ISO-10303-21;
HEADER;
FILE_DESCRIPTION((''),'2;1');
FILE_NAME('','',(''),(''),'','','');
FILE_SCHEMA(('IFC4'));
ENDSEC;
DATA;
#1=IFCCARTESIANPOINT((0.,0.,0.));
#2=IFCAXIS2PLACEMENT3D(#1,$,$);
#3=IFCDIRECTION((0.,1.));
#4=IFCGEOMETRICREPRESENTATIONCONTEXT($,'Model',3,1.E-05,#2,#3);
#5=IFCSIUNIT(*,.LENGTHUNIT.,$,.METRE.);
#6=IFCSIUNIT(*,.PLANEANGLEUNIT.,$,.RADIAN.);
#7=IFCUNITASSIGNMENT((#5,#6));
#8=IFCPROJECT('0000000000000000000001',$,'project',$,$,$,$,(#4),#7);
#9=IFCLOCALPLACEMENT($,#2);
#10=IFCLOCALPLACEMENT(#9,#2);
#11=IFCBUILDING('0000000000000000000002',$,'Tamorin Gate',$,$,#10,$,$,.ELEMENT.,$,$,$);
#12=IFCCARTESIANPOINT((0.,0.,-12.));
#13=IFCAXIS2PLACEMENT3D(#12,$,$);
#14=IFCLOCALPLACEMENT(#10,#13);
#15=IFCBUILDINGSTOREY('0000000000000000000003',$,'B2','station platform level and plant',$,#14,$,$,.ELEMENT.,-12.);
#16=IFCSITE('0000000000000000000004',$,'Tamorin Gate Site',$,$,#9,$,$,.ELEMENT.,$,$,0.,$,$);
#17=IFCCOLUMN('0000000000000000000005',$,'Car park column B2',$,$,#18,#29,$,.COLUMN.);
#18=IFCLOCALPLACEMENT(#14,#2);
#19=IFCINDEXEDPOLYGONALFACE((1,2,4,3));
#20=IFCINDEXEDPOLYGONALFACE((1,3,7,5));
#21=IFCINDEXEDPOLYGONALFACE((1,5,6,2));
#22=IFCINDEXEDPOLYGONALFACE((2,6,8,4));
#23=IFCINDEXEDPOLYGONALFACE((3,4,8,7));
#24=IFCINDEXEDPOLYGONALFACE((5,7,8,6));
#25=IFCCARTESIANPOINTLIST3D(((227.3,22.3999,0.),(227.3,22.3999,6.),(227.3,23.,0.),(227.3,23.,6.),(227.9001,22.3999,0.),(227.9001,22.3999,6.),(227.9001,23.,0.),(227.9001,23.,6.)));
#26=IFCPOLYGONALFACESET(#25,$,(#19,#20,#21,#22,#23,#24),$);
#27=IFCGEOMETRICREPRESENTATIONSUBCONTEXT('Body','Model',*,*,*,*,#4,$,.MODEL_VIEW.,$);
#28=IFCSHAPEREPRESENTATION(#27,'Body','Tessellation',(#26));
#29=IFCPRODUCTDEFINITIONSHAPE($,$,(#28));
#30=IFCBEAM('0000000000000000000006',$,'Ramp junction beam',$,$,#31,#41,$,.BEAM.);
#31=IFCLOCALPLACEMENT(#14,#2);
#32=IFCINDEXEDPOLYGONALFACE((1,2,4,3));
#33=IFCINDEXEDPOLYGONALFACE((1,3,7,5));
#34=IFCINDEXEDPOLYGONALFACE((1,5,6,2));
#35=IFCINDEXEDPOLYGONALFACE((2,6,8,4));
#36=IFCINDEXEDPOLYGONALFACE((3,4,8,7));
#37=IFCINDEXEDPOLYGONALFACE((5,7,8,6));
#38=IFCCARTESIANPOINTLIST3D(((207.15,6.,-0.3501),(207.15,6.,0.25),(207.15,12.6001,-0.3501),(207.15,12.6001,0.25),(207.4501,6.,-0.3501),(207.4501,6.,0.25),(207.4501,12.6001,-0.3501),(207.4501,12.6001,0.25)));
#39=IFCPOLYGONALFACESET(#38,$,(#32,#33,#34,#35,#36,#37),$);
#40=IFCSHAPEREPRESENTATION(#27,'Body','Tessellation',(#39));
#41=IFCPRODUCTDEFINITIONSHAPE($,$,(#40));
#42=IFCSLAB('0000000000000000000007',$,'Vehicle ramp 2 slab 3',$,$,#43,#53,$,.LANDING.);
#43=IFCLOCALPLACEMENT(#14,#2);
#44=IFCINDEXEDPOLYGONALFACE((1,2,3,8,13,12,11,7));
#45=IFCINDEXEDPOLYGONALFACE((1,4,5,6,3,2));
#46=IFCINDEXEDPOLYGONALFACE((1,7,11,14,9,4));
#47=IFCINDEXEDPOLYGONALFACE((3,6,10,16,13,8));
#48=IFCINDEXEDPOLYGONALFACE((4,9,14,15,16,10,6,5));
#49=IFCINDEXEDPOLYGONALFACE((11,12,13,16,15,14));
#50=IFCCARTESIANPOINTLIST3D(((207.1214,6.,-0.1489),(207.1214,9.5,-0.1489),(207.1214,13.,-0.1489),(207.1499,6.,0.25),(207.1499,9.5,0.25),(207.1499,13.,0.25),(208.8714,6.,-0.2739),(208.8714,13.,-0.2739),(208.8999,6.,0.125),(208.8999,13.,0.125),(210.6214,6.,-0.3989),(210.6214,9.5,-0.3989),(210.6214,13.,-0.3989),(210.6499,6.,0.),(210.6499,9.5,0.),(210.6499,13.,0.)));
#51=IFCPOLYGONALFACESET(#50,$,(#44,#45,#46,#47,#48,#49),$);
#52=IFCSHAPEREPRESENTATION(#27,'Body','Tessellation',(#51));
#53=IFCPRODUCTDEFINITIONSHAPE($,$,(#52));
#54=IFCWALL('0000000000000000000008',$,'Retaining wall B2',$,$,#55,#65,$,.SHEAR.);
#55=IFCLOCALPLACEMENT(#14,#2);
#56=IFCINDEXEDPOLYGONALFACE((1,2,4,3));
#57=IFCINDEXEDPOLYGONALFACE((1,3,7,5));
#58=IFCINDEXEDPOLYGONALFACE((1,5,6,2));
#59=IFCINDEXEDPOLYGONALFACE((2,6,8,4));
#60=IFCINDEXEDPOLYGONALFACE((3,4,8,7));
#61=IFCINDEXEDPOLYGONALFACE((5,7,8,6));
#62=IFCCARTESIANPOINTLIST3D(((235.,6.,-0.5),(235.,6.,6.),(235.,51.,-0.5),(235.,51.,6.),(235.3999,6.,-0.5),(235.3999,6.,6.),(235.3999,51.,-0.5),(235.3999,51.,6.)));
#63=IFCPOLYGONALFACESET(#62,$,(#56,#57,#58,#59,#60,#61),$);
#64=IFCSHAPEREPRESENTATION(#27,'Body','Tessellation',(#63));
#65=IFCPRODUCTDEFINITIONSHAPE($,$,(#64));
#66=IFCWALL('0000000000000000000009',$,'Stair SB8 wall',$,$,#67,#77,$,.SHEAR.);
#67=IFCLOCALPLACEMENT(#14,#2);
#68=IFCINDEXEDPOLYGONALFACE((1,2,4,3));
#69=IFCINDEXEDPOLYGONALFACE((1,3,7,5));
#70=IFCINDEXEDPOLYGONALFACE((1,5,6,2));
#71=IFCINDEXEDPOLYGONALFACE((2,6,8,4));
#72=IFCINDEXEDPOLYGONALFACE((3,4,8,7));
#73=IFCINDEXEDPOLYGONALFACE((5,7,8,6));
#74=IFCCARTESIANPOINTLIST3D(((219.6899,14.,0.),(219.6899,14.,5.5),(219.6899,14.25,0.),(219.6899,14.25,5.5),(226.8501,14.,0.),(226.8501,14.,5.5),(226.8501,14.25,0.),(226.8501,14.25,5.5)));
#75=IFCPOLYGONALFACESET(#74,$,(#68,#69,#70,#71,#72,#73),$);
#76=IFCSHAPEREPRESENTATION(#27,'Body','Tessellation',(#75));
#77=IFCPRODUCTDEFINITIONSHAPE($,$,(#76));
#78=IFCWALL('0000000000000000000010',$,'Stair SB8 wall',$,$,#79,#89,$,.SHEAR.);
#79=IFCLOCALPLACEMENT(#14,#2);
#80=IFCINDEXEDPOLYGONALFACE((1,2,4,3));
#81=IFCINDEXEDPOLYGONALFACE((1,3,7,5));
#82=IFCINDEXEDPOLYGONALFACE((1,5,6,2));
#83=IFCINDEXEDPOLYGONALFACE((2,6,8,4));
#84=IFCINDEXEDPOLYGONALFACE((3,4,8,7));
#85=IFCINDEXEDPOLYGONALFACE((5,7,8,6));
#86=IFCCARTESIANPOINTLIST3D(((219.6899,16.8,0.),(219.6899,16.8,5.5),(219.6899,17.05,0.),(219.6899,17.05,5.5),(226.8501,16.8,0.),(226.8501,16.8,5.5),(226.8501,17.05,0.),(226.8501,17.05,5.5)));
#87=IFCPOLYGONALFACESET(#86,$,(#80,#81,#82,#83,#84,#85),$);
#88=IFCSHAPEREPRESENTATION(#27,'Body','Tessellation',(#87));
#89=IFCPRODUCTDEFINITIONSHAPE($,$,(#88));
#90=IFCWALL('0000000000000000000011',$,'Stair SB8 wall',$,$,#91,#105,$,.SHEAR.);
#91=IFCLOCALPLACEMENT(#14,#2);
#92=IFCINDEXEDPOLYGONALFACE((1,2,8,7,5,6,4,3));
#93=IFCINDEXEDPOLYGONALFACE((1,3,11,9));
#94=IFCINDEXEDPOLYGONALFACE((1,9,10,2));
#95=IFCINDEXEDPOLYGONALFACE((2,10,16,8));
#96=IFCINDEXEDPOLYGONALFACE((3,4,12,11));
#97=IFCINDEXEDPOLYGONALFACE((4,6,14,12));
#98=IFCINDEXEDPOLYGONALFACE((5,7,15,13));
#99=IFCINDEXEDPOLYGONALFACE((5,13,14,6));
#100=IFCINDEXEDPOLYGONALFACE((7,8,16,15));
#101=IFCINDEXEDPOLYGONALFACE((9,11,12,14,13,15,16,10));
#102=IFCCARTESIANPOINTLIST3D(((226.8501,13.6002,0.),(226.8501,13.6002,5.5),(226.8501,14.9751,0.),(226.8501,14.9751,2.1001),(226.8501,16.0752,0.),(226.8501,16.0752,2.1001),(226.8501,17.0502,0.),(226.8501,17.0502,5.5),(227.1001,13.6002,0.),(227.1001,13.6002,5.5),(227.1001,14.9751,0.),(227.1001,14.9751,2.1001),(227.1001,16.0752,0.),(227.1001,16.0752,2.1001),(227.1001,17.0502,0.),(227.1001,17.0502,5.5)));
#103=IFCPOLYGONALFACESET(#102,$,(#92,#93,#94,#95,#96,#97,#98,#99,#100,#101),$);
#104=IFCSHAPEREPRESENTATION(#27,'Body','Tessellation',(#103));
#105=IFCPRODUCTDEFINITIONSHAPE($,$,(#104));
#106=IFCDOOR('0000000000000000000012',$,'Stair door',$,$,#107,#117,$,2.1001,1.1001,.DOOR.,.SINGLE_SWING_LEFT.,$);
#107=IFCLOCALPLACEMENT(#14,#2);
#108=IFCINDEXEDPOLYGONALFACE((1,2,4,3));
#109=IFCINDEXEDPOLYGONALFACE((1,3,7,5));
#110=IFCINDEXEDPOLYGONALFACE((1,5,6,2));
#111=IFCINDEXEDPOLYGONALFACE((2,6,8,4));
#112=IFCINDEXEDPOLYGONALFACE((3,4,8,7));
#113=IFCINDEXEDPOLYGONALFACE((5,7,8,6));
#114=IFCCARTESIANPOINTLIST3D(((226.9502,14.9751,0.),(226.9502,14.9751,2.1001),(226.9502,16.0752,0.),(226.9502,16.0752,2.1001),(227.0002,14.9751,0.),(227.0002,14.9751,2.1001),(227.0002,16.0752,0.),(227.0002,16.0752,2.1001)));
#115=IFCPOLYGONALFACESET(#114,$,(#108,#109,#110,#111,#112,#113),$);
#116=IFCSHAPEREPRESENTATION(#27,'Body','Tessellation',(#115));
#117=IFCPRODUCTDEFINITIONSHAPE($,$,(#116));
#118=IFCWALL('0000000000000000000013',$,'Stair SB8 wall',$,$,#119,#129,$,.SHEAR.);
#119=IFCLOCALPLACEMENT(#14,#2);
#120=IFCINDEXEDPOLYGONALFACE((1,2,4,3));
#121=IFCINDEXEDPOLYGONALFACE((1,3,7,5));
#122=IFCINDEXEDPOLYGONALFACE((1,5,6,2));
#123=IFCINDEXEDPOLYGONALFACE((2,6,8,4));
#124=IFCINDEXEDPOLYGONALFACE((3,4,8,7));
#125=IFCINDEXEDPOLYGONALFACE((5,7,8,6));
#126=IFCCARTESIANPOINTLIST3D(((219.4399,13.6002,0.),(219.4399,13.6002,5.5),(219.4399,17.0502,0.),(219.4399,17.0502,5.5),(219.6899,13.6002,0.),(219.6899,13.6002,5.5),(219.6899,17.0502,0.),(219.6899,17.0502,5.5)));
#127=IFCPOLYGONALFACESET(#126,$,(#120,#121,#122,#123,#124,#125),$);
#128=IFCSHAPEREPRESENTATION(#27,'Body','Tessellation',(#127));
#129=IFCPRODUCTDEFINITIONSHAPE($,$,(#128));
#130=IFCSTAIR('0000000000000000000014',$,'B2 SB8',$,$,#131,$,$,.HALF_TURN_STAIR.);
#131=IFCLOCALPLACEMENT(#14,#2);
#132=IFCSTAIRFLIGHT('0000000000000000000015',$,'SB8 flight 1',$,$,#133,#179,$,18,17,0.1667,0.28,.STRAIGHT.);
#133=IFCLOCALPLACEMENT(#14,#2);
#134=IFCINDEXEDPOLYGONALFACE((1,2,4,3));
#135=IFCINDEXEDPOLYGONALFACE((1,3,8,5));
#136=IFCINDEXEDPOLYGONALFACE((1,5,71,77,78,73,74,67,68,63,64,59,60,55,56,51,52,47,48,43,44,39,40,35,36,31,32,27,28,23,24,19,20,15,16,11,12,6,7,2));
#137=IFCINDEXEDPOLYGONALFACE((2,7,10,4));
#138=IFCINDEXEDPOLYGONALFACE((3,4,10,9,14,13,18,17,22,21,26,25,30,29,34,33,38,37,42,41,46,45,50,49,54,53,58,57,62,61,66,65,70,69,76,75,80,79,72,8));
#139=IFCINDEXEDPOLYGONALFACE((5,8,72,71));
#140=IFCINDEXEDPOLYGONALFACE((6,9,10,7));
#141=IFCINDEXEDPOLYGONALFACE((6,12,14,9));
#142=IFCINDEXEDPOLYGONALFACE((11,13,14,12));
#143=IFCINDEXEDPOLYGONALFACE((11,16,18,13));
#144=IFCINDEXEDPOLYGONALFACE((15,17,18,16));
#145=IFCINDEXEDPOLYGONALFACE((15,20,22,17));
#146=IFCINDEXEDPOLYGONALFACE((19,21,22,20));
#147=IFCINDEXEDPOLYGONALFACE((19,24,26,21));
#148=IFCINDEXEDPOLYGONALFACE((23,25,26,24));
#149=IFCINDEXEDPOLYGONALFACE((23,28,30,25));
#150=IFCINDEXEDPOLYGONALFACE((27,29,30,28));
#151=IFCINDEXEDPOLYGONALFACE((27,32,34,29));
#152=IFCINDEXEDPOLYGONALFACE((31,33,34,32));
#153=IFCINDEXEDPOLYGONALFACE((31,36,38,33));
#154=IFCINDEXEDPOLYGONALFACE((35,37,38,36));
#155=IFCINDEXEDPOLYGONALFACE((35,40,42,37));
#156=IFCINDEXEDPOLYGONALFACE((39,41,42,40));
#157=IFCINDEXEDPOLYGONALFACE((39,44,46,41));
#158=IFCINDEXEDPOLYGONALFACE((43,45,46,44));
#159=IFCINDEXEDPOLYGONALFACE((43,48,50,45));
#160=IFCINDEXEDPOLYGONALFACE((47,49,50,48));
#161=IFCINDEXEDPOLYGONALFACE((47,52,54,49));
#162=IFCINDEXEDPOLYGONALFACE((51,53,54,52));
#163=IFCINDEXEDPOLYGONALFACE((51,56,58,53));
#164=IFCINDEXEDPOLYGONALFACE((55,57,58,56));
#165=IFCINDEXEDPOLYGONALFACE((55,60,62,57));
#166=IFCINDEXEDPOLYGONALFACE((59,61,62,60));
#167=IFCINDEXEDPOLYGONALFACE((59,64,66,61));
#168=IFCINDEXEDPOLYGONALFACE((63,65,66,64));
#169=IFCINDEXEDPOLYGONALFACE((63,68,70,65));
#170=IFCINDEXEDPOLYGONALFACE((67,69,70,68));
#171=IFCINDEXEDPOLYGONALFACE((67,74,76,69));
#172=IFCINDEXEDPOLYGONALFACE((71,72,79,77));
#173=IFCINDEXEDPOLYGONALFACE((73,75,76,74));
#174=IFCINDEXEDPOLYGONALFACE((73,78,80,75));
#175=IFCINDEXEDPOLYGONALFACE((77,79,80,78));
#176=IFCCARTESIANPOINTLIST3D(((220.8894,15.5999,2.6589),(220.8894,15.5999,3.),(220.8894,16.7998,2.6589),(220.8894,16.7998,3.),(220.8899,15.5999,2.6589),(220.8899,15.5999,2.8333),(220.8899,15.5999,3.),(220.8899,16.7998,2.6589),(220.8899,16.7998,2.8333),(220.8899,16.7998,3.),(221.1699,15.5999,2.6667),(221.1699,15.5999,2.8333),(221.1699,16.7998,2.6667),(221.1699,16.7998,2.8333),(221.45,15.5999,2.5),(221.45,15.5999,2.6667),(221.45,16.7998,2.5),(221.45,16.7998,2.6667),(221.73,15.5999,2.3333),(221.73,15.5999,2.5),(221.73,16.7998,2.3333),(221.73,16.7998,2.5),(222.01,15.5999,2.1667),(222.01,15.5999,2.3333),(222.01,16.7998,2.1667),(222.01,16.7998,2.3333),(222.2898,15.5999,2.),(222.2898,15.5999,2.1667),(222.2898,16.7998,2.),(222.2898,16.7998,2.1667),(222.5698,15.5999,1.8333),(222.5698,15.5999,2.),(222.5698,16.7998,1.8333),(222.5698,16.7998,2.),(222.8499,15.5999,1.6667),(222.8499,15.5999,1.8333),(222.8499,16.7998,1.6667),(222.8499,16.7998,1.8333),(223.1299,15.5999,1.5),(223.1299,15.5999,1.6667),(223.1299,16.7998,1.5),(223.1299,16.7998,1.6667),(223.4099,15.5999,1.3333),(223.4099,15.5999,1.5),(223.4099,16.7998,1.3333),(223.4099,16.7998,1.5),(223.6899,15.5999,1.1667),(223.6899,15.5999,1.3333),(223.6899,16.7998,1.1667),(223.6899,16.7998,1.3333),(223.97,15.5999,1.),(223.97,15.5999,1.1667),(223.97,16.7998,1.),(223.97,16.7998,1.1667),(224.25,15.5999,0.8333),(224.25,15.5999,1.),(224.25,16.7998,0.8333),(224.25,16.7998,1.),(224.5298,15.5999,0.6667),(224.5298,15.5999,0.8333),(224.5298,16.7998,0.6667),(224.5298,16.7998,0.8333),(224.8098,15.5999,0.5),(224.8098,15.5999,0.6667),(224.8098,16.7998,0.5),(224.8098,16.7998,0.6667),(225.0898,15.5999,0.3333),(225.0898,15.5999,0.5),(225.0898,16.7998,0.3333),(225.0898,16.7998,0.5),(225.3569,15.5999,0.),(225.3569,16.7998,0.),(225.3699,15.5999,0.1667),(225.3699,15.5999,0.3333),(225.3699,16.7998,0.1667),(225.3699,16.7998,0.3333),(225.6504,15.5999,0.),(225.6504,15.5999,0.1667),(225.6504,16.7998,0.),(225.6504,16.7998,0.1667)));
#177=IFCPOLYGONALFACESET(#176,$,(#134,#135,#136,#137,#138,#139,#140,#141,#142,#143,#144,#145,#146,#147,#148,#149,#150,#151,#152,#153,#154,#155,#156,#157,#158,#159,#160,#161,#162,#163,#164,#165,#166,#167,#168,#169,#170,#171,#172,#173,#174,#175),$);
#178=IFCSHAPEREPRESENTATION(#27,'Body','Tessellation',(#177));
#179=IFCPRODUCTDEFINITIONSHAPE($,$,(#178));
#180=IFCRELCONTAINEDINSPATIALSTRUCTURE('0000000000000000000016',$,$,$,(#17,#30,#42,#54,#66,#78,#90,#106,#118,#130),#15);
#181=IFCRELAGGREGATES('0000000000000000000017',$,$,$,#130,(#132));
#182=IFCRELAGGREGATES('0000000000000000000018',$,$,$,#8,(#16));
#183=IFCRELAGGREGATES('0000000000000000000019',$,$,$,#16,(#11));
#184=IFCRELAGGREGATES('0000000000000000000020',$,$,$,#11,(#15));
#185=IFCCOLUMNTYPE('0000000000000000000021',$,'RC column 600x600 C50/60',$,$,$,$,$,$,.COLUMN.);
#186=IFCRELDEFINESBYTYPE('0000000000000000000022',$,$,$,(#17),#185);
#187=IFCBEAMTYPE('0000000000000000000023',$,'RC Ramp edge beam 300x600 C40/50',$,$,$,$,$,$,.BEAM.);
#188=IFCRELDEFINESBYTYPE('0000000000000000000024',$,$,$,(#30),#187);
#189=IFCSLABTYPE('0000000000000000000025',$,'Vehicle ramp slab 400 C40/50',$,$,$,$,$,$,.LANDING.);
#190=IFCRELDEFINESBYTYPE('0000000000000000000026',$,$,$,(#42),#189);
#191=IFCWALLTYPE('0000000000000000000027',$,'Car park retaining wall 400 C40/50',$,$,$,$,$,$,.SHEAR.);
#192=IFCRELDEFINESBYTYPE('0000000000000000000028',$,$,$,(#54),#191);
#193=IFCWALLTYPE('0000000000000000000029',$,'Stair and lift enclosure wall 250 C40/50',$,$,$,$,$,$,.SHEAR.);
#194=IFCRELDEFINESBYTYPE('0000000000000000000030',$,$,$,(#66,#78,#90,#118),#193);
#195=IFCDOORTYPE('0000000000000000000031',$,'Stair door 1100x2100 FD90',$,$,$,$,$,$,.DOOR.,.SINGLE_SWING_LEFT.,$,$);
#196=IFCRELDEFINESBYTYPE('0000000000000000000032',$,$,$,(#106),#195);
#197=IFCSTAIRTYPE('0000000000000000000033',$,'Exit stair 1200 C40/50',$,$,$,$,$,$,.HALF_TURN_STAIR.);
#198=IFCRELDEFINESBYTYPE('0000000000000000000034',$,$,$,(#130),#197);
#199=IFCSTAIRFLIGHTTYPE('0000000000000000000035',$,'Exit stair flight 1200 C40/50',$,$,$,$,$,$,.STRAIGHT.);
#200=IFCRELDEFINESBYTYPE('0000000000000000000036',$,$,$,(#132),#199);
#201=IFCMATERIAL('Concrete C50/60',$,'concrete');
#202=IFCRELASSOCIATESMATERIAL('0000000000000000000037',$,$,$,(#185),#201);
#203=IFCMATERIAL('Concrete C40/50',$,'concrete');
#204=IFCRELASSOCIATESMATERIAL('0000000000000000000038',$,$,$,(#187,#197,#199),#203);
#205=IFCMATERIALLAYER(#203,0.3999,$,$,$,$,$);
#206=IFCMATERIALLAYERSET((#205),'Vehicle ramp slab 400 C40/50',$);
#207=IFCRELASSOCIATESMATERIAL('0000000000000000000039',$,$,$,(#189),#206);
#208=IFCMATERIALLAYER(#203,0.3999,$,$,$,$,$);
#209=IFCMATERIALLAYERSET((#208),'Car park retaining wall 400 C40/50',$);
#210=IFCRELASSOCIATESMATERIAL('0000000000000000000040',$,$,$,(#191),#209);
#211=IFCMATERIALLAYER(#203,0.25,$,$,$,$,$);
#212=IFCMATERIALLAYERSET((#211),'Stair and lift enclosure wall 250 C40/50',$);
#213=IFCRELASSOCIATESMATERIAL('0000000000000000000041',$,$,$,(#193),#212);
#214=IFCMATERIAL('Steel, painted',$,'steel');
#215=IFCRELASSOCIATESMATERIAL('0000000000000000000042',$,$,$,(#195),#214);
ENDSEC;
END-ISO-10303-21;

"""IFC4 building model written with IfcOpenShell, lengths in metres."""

from ifc_helpers import new_model, si_unit, direction, frame, frame_2d, origin, origin_2d, place, context, subcontext, project, spatial, polyline, rectangle, outline, extrude, material, layer, layer_set, material_profile, profile_set, type_object, element, fill, aggregate, save


model = new_model("IFC4")

# Units and contexts
model_context = context("Model", 3, precision=1e-05, world=origin(), true_north=direction((0.0, 1.0)))
body_context = subcontext(model_context, "Body", "Model", "MODEL_VIEW")
ifc_project = project(units=[si_unit("LENGTHUNIT", "METRE"), si_unit("PLANEANGLEUNIT", "RADIAN")], contexts=[model_context])

# Site, building, storey
site_placement = place(None, origin())
site = spatial("IfcSite", under=ifc_project, at=site_placement, Name="Tamorin Gate Site", CompositionType="ELEMENT", RefElevation=0.0)
building_placement = place(site_placement, origin())
building = spatial("IfcBuilding", under=site, at=building_placement, Name="Tamorin Gate", CompositionType="ELEMENT")
storey_placement = place(building_placement, frame((0.0, 0.0, -12.0)))
storey = spatial("IfcBuildingStorey", under=building, at=storey_placement, Name="B2", Description="station platform level and plant", CompositionType="ELEMENT", Elevation=-12.0)

# Shared definitions
ifc_material_1 = material(Name="Concrete C40/50", Category="concrete")

# Column
ifc_material_2 = material(Name="Concrete C50/60", Category="concrete")
ifc_material_profile_1 = material_profile(ifc_material_2, rectangle(XDim=0.6001, YDim=0.6001, at=origin_2d()))
ifc_profile_set_1 = profile_set([ifc_material_profile_1], Name="Concrete C50/60")
column_type = type_object("IfcColumnType", Name="RC column 600x600 C50/60", PredefinedType="COLUMN", material=ifc_profile_set_1)
for number, where, z_axis, x_axis, name in (
    (1, (227.6001, 22.7, 0.0), (0.0, 0.0, 1.0), (1.0, 0.0, 0.0), "Car park column B2"),
):
    element("IfcColumn", number, at=place(storey_placement, frame(where, z_axis=z_axis, x_axis=x_axis)), inside=storey, type_object=column_type, Name=name, PredefinedType="COLUMN", context=body_context, shape_type="SweptSolid", body=[
        extrude(rectangle(XDim=0.6001, YDim=0.6001, at=origin_2d()), origin(), (0.0, 0.0, 1.0), 6.0),
    ])

# Beam
ifc_material_profile_2 = material_profile(ifc_material_1, rectangle(XDim=0.3, YDim=0.6001, at=origin_2d()))
ifc_profile_set_2 = profile_set([ifc_material_profile_2], Name="Concrete C40/50")
beam_type = type_object("IfcBeamType", Name="RC Ramp edge beam 300x600 C40/50", PredefinedType="BEAM", material=ifc_profile_set_2)
beam_placement = place(storey_placement, frame((207.3, 6.0, -0.05), z_axis=(0.0, 1.0, 0.0), x_axis=(-1.0, 0.0, 0.0)))
element("IfcBeam", 2, at=beam_placement, inside=storey, type_object=beam_type, Name="Ramp junction beam", PredefinedType="BEAM", context=body_context, shape_type="SweptSolid", body=[
    extrude(rectangle(XDim=0.3, YDim=0.6001, at=origin_2d()), origin(), (0.0, 0.0, 1.0), 6.6001),
])

# Slab
ifc_layer_1 = layer(ifc_material_1, 0.3999)
ifc_layer_set_1 = layer_set([ifc_layer_1], Name="Vehicle ramp slab 400 C40/50")
slab_type = type_object("IfcSlabType", Name="Vehicle ramp slab 400 C40/50", PredefinedType="LANDING", material=ifc_layer_set_1)
slab_placement = place(storey_placement, frame((207.1499, 6.0, 0.25), z_axis=(0.071247, 0.0, 0.997459), x_axis=(0.997459, 0.0, -0.071247)))
element("IfcSlab", 3, at=slab_placement, inside=storey, type_object=slab_type, Name="Vehicle ramp 2 slab 3", PredefinedType="LANDING", context=body_context, shape_type="SweptSolid", body=[
    extrude(outline(polyline([(0.0, 0.0), (1.7545, 0.0), (3.5089, 0.0), (3.5089, 3.5), (3.5089, 7.0), (1.7545, 7.0), (0.0, 7.0), (0.0, 3.5), (0.0, 0.0)])), origin(), (0.0, 0.0, -1.0), 0.3999),
])

# Walls
ifc_layer_2 = layer(ifc_material_1, 0.3999)
ifc_layer_set_2 = layer_set([ifc_layer_2], Name="Car park retaining wall 400 C40/50")
wall_type_1 = type_object("IfcWallType", Name="Car park retaining wall 400 C40/50", PredefinedType="SHEAR", material=ifc_layer_set_2)
wall_1_placement = place(storey_placement, frame((235.2, 6.0, -0.5), z_axis=(0.0, 0.0, 1.0), x_axis=(0.0, 1.0, 0.0)))
element("IfcWall", 4, at=wall_1_placement, inside=storey, type_object=wall_type_1, Name="Retaining wall B2", PredefinedType="SHEAR", context=body_context, shape_type="SweptSolid", body=[
    extrude(rectangle(XDim=45.0, YDim=0.3999, at=frame_2d((22.5, 0.0))), origin(), (0.0, 0.0, 1.0), 6.5),
])
ifc_layer_3 = layer(ifc_material_1, 0.25)
ifc_layer_set_3 = layer_set([ifc_layer_3], Name="Stair and lift enclosure wall 250 C40/50")
wall_type_2 = type_object("IfcWallType", Name="Stair and lift enclosure wall 250 C40/50", PredefinedType="SHEAR", material=ifc_layer_set_3)
for number, where, z_axis, x_axis, name in (
    (5, (219.6899, 14.125, 0.0), (0.0, 0.0, 1.0), (1.0, 0.0, 0.0), "Stair SB8 wall"),
    (6, (219.6899, 16.925, 0.0), (0.0, 0.0, 1.0), (1.0, 0.0, 0.0), "Stair SB8 wall"),
):
    element("IfcWall", number, at=place(storey_placement, frame(where, z_axis=z_axis, x_axis=x_axis)), inside=storey, type_object=wall_type_2, Name=name, PredefinedType="SHEAR", context=body_context, shape_type="SweptSolid", body=[
        extrude(rectangle(XDim=7.1602, YDim=0.25, at=frame_2d((3.5801, 0.0))), origin(), (0.0, 0.0, 1.0), 5.5),
    ])

# Wall, opening, door
wall_2_placement = place(storey_placement, frame((226.9751, 13.6001, 0.0), z_axis=(0.0, 0.0, 1.0), x_axis=(0.0, 1.0, 0.0)))
wall_2 = element("IfcWall", 7, at=wall_2_placement, inside=storey, type_object=wall_type_2, Name="Stair SB8 wall", PredefinedType="SHEAR", context=body_context, shape_type="SweptSolid", body=[
    extrude(rectangle(XDim=3.45, YDim=0.25, at=frame_2d((1.7251, 0.0))), origin(), (0.0, 0.0, 1.0), 5.5),
])
opening_placement = place(wall_2_placement, frame((1.375, 0.0, 0.0)))
opening = element("IfcOpeningElement", 8, at=opening_placement, cuts=wall_2, PredefinedType="OPENING", context=body_context, shape_type="SweptSolid", body=[
    extrude(rectangle(XDim=1.1001, YDim=2.1001, at=frame_2d((0.55, 1.05))), frame((0.0, 0.135, 0.0), z_axis=(0.0, -1.0, 0.0), x_axis=(1.0, 0.0, 0.0)), (0.0, 0.0, 1.0), 0.27),
])
ifc_material_3 = material(Name="Steel, painted", Category="steel")
door_type = type_object("IfcDoorType", Name="Stair door 1100x2100 FD90", OperationType="SINGLE_SWING_LEFT", PredefinedType="DOOR", material=ifc_material_3)
door_placement = place(opening_placement, origin())
door = element("IfcDoor", 9, at=door_placement, inside=storey, type_object=door_type, Name="Stair door", OperationType="SINGLE_SWING_LEFT", OverallHeight=2.1001, OverallWidth=1.1001, PredefinedType="DOOR", context=body_context, shape_type="SweptSolid", body=[
    extrude(rectangle(XDim=1.1001, YDim=2.1001, at=frame_2d((0.55, 1.05))), frame((0.0, 0.0249, 0.0), z_axis=(0.0, -1.0, 0.0), x_axis=(1.0, 0.0, 0.0)), (0.0, 0.0, 1.0), 0.05),
])
fill(opening, door)

# Wall
wall_3_placement = place(storey_placement, frame((219.5649, 13.6001, 0.0), z_axis=(0.0, 0.0, 1.0), x_axis=(0.0, 1.0, 0.0)))
element("IfcWall", 10, at=wall_3_placement, inside=storey, type_object=wall_type_2, Name="Stair SB8 wall", PredefinedType="SHEAR", context=body_context, shape_type="SweptSolid", body=[
    extrude(rectangle(XDim=3.45, YDim=0.25, at=frame_2d((1.7251, 0.0))), origin(), (0.0, 0.0, 1.0), 5.5),
])

# Stair, stair flight
stair_type = type_object("IfcStairType", Name="Exit stair 1200 C40/50", PredefinedType="HALF_TURN_STAIR", material=ifc_material_1)
stair_placement = place(storey_placement, origin())
stair = element("IfcStair", 11, at=stair_placement, inside=storey, type_object=stair_type, Name="B2 SB8", PredefinedType="HALF_TURN_STAIR")
stair_flight_type = type_object("IfcStairFlightType", Name="Exit stair flight 1200 C40/50", PredefinedType="STRAIGHT", material=ifc_material_1)
stair_flight_1_placement = place(storey_placement, frame((225.6499, 16.2, 0.0), z_axis=(0.0, 0.0, 1.0), x_axis=(-1.0, 0.0, 0.0)))
stair_flight_1 = element("IfcStairFlight", 12, at=stair_flight_1_placement, type_object=stair_flight_type, Name="SB8 flight 1", NumberOfRisers=18, NumberOfTreads=17, PredefinedType="STRAIGHT", RiserHeight=0.1667, TreadLength=0.28, context=body_context, shape_type="SweptSolid", body=[
    extrude(outline(polyline([(-0.0005, 0.0), (-0.0005, 0.1667), (0.28, 0.1667), (0.28, 0.3333), (0.5601, 0.3333), (0.5601, 0.5), (0.8401, 0.5), (0.8401, 0.6667), (1.1201, 0.6667), (1.1201, 0.8333), (1.3999, 0.8333), (1.3999, 1.0), (1.6799, 1.0), (1.6799, 1.1667), (1.96, 1.1667), (1.96, 1.3333), (2.24, 1.3333), (2.24, 1.5), (2.52, 1.5), (2.52, 1.6667), (2.8, 1.6667), (2.8, 1.8333), (3.0801, 1.8333), (3.0801, 2.0), (3.3601, 2.0), (3.3601, 2.1667), (3.6399, 2.1667), (3.6399, 2.3333), (3.9199, 2.3333), (3.9199, 2.5), (4.2, 2.5), (4.2, 2.6667), (4.48, 2.6667), (4.48, 2.8333), (4.76, 2.8333), (4.76, 3.0), (4.7605, 3.0), (4.7605, 2.6589), (4.76, 2.6589), (0.293, 0.0), (-0.0005, 0.0)])), frame((0.0, 0.6001, 0.0), z_axis=(0.0, -1.0, 0.0), x_axis=(1.0, 0.0, 0.0)), (0.0, 0.0, 1.0), 1.2),
])
aggregate(stair, [stair_flight_1])

save(model, "model.ifc")
